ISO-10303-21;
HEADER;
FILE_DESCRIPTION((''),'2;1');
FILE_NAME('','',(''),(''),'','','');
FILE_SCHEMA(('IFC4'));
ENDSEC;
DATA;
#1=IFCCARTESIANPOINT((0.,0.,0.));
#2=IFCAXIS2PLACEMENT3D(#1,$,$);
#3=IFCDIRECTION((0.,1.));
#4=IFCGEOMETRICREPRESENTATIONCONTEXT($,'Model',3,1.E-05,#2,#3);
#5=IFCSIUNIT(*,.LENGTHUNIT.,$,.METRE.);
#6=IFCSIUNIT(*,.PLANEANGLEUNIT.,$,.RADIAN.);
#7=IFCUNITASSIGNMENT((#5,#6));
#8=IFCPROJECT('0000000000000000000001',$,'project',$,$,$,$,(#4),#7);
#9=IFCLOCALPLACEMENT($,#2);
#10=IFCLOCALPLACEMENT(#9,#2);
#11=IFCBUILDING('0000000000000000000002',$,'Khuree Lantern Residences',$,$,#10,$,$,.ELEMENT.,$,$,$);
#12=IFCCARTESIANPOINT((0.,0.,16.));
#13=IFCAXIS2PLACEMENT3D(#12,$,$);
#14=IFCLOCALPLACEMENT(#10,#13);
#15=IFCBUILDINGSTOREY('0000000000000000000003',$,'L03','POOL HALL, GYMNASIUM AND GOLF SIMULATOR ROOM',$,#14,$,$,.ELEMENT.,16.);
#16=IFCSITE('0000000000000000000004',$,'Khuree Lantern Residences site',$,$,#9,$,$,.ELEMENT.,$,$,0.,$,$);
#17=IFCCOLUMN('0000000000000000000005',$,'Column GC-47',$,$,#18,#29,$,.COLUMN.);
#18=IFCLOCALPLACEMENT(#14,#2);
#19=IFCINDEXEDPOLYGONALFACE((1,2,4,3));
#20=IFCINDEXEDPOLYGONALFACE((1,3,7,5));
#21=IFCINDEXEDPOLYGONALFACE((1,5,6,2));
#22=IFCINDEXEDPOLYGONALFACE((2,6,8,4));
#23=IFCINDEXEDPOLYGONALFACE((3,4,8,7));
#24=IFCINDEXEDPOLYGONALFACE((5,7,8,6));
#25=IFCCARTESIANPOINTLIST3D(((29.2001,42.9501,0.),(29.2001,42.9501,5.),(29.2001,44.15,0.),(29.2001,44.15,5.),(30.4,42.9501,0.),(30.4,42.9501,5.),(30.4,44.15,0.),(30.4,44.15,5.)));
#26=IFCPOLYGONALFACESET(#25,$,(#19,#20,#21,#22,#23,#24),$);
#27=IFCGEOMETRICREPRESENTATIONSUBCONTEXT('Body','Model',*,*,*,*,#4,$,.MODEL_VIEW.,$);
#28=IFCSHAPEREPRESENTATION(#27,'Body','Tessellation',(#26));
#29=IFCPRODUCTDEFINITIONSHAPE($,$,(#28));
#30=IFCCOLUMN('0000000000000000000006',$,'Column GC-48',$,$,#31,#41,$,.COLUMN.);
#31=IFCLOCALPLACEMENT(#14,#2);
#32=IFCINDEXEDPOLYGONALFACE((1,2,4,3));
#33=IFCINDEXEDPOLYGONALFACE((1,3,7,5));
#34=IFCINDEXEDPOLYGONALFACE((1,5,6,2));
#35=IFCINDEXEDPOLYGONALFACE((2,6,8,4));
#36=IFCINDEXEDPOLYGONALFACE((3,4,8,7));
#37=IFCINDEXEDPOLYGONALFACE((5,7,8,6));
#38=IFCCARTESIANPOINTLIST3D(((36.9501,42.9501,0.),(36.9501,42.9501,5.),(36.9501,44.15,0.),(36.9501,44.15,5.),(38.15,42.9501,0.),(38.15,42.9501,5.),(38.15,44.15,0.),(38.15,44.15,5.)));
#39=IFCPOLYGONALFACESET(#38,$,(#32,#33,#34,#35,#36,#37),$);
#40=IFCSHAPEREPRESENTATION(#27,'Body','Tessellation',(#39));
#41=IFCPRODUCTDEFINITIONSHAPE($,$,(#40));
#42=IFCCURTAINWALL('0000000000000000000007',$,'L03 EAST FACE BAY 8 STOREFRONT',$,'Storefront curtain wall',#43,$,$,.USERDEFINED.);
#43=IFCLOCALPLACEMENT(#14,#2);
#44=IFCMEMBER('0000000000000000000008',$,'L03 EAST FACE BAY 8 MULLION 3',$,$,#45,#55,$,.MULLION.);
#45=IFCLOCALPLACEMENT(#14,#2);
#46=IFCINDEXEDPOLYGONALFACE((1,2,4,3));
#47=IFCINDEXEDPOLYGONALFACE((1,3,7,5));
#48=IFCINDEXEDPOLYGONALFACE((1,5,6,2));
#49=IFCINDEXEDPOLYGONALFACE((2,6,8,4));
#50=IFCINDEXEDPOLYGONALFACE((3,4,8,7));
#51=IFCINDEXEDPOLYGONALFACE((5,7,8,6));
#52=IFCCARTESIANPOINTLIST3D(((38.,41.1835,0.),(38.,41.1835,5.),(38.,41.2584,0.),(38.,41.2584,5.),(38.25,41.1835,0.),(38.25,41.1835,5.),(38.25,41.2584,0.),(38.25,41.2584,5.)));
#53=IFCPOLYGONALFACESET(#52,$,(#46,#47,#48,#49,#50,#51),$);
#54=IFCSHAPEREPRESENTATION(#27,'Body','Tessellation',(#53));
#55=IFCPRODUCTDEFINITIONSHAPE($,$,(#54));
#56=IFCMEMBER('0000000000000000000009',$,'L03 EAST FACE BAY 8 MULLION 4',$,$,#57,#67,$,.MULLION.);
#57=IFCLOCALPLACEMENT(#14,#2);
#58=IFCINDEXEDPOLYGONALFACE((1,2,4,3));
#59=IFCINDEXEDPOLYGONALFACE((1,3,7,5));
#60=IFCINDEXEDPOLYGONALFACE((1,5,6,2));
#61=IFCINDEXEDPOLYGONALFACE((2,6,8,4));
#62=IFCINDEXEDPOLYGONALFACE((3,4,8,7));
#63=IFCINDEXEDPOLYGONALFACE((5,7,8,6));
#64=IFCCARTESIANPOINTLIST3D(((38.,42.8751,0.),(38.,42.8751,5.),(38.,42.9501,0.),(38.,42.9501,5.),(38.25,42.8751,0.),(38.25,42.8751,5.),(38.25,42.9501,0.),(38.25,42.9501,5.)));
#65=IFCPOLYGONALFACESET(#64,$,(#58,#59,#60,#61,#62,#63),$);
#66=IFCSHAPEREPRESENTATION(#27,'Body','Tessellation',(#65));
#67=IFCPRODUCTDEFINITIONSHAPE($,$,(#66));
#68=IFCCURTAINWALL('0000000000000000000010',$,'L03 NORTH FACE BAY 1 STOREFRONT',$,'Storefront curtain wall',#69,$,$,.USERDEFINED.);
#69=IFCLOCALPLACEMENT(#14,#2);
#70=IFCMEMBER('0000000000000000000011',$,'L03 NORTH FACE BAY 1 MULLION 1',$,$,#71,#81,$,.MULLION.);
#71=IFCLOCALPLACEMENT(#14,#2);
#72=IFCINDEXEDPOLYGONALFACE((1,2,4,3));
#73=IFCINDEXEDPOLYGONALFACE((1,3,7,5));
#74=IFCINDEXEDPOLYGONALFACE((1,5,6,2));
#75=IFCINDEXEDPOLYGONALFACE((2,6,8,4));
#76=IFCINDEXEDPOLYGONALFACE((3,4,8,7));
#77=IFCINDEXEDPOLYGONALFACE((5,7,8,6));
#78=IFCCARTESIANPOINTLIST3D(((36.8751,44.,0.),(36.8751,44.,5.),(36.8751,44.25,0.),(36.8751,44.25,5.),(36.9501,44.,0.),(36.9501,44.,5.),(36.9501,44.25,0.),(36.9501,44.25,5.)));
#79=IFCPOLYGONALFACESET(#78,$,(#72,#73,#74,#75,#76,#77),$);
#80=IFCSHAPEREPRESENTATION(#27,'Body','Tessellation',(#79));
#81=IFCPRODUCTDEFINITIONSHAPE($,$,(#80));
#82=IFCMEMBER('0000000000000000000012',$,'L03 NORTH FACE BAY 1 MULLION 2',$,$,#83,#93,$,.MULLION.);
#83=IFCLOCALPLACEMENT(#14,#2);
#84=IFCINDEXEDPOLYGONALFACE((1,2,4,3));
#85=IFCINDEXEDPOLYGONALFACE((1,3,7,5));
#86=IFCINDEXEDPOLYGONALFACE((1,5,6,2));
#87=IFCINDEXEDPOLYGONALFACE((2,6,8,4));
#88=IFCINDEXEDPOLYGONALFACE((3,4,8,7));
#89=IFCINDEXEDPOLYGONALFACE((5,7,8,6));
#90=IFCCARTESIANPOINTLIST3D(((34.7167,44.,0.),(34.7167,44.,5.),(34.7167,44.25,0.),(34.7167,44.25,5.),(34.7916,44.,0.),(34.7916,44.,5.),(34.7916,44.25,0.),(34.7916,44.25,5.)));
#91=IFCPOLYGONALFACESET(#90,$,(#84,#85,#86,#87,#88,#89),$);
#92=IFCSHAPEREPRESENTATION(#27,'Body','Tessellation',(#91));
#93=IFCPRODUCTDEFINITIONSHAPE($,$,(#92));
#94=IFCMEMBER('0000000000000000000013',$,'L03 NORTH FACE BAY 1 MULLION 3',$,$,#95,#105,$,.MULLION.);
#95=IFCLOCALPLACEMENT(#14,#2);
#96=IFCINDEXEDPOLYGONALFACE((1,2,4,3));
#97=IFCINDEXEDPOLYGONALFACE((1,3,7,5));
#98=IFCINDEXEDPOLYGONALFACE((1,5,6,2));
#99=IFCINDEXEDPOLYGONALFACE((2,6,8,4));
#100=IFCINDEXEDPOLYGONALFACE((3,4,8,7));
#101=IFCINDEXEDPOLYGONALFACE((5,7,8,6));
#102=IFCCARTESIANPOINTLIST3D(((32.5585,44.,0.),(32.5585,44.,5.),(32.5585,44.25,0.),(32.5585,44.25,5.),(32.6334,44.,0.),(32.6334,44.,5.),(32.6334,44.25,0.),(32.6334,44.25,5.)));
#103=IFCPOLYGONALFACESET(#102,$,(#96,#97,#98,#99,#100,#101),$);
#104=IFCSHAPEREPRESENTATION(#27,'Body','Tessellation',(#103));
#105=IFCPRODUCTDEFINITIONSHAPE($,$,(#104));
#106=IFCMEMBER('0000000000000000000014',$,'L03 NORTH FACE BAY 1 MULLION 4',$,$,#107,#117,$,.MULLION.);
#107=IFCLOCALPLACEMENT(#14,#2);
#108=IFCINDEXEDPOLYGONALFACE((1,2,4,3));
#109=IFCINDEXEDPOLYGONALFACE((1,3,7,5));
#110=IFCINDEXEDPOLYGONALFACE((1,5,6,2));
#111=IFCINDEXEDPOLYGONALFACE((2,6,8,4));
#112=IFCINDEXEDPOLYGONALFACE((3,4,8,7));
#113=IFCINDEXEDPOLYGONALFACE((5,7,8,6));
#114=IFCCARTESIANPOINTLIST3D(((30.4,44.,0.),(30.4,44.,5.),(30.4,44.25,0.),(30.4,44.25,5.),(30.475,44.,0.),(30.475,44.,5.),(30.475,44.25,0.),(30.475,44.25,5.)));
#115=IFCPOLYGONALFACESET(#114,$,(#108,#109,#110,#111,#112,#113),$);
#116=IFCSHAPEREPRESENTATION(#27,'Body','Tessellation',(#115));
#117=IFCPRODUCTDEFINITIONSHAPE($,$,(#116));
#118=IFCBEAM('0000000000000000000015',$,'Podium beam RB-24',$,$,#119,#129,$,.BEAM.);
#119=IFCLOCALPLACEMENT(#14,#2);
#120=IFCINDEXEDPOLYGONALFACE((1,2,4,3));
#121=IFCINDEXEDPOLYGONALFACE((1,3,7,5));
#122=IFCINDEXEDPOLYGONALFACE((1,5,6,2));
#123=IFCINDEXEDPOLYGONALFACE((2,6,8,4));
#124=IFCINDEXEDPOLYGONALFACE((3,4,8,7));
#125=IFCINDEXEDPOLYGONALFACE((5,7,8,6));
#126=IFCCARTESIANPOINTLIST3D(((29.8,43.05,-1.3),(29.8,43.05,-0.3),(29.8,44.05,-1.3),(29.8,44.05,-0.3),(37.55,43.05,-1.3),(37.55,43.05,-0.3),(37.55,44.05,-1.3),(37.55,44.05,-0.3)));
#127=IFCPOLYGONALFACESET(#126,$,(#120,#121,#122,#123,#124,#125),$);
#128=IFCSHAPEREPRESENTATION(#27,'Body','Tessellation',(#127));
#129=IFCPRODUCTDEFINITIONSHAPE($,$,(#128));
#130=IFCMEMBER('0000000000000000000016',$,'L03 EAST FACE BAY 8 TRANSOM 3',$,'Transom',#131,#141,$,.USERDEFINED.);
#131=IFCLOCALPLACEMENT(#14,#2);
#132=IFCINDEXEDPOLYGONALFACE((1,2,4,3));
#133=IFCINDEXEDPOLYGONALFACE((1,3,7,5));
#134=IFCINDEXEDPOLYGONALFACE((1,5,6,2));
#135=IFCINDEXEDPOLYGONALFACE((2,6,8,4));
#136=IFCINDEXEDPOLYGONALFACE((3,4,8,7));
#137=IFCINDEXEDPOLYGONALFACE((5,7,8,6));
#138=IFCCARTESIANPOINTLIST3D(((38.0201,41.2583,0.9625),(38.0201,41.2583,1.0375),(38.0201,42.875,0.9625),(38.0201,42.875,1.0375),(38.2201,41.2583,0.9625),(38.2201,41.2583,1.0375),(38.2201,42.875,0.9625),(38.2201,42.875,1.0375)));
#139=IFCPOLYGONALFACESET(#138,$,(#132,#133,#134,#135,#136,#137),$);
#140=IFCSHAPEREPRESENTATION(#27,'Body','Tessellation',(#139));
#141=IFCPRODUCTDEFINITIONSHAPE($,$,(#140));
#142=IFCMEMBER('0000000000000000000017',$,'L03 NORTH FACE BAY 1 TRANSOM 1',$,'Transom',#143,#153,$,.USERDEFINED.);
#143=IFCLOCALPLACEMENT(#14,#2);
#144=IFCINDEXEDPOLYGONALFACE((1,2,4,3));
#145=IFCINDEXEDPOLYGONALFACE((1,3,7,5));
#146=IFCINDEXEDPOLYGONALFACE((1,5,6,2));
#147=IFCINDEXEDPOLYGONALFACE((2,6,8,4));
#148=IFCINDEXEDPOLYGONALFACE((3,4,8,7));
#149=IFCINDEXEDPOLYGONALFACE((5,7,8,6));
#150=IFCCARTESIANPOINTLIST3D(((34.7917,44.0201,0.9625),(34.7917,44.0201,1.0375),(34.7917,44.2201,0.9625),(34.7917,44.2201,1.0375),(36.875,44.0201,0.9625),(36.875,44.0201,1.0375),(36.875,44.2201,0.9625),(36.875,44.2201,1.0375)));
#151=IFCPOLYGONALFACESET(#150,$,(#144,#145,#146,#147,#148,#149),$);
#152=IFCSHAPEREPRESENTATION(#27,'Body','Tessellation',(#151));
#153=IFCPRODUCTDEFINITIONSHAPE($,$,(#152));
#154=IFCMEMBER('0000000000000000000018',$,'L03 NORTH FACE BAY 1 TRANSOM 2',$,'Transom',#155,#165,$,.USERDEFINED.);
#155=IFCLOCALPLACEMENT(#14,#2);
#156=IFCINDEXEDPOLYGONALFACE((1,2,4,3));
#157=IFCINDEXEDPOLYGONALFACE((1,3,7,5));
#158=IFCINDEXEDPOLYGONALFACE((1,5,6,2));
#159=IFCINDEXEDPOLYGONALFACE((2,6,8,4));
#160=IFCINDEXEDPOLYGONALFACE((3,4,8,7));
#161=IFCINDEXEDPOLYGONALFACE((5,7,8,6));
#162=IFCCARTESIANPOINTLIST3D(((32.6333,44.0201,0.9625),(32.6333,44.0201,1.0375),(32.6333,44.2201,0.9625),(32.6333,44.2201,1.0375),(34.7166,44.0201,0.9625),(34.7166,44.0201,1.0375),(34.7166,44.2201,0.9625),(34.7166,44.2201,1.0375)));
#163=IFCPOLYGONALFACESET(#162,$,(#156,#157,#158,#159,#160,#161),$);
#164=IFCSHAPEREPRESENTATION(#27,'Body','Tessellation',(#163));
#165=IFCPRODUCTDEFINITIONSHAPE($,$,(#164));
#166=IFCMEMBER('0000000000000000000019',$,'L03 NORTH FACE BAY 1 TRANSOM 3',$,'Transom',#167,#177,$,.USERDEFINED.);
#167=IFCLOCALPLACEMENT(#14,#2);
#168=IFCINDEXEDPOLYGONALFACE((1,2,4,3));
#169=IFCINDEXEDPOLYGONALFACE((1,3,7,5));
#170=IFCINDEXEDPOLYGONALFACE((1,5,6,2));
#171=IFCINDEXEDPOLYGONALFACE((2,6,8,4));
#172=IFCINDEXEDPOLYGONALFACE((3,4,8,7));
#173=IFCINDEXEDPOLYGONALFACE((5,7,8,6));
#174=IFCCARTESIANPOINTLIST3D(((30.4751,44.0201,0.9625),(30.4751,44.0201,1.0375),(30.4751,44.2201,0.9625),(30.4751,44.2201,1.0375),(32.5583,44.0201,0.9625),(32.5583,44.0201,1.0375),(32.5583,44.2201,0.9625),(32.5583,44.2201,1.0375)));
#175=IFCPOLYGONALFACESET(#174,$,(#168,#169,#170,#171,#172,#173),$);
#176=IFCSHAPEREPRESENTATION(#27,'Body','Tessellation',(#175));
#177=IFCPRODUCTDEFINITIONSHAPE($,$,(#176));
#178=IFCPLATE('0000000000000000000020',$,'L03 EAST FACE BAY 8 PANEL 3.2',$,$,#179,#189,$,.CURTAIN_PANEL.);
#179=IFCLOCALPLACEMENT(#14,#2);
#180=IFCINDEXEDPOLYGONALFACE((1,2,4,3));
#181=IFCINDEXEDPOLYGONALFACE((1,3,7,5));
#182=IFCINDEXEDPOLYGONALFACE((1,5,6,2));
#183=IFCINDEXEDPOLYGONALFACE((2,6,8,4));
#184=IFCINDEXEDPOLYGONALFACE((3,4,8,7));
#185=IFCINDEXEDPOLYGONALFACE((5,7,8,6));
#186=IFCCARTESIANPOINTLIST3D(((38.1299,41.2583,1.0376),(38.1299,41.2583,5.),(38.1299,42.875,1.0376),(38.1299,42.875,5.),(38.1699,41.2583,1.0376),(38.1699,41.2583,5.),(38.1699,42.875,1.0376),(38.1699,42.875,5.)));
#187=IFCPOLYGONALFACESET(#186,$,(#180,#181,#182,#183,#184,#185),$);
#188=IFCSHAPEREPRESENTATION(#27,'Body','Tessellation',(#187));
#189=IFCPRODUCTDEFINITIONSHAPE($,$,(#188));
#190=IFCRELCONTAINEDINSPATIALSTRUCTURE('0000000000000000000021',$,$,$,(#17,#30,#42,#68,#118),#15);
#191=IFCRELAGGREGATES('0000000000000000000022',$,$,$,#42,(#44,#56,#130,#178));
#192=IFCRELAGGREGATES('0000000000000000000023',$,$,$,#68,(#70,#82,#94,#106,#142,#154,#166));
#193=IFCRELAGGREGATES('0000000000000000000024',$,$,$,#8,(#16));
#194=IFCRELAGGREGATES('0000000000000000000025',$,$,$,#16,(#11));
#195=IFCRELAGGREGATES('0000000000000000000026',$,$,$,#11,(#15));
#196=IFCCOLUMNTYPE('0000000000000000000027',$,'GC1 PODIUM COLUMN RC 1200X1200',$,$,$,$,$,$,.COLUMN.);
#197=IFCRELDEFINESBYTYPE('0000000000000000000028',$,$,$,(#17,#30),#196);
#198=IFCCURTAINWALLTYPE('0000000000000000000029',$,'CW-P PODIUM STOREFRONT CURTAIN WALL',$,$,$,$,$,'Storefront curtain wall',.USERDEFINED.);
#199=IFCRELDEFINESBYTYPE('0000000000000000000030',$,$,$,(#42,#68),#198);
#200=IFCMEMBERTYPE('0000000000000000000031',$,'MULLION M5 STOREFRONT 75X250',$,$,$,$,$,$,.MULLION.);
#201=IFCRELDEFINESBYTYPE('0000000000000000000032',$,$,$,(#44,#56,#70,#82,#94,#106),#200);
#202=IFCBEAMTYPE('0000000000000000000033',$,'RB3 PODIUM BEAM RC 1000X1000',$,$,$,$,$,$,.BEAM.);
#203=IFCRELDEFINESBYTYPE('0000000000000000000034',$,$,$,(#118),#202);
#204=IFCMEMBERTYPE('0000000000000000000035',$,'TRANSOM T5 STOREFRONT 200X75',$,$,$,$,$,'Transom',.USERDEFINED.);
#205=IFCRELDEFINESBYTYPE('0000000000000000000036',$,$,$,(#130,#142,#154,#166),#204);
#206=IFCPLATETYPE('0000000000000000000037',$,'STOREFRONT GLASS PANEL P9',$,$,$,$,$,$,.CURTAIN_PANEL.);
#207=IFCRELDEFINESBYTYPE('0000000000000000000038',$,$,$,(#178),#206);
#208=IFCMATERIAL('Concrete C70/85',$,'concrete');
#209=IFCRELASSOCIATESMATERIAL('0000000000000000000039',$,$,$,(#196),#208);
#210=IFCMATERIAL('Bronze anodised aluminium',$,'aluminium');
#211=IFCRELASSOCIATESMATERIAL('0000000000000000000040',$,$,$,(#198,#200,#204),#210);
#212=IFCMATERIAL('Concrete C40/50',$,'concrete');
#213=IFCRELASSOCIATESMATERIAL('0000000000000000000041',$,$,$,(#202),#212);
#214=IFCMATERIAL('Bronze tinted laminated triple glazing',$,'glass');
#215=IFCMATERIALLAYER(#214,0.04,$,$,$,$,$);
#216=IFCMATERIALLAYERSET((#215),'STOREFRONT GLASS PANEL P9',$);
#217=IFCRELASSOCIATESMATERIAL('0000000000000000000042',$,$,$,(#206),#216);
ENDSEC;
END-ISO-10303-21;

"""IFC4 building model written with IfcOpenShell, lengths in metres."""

from ifc_helpers import new_model, si_unit, direction, frame, origin, origin_2d, place, context, subcontext, project, spatial, rectangle, extrude, material, layer, layer_set, material_profile, profile_set, type_object, element, aggregate, save


model = new_model("IFC4")

# Units and contexts
model_context = context("Model", 3, precision=1e-05, world=origin(), true_north=direction((0.0, 1.0)))
body_context = subcontext(model_context, "Body", "Model", "MODEL_VIEW")
ifc_project = project(units=[si_unit("LENGTHUNIT", "METRE"), si_unit("PLANEANGLEUNIT", "RADIAN")], contexts=[model_context])

# Site, building, storey
site_placement = place(None, origin())
site = spatial("IfcSite", under=ifc_project, at=site_placement, Name="Khuree Lantern Residences site", CompositionType="ELEMENT", RefElevation=0.0)
building_placement = place(site_placement, origin())
building = spatial("IfcBuilding", under=site, at=building_placement, Name="Khuree Lantern Residences", CompositionType="ELEMENT")
storey_placement = place(building_placement, frame((0.0, 0.0, 16.0)))
storey = spatial("IfcBuildingStorey", under=building, at=storey_placement, Name="L03", Description="POOL HALL, GYMNASIUM AND GOLF SIMULATOR ROOM", CompositionType="ELEMENT", Elevation=16.0)

# Columns
ifc_material_1 = material(Name="Concrete C70/85", Category="concrete")
ifc_material_profile_1 = material_profile(ifc_material_1, rectangle(XDim=1.2, YDim=1.2, at=origin_2d()), Name="RC 1200X1200")
ifc_profile_set_1 = profile_set([ifc_material_profile_1], Name="Concrete C70/85")
column_type = type_object("IfcColumnType", Name="GC1 PODIUM COLUMN RC 1200X1200", PredefinedType="COLUMN", material=ifc_profile_set_1)
for number, where, z_axis, x_axis, name in (
    (1, (29.8, 43.55, 0.0), (0.0, 0.0, 1.0), (1.0, 0.0, 0.0), "Column GC-47"),
    (2, (37.55, 43.55, 0.0), (0.0, 0.0, 1.0), (1.0, 0.0, 0.0), "Column GC-48"),
):
    element("IfcColumn", number, at=place(storey_placement, frame(where, z_axis=z_axis, x_axis=x_axis)), inside=storey, type_object=column_type, Name=name, PredefinedType="COLUMN", context=body_context, shape_type="SweptSolid", body=[
        extrude(rectangle(XDim=1.2, YDim=1.2, at=origin_2d()), origin(), (0.0, 0.0, 1.0), 5.0),
    ])

# Curtain walls, members
ifc_material_2 = material(Name="Bronze anodised aluminium", Category="aluminium")
curtain_wall_type = type_object("IfcCurtainWallType", Name="CW-P PODIUM STOREFRONT CURTAIN WALL", ElementType="Storefront curtain wall", PredefinedType="USERDEFINED", material=ifc_material_2)
curtain_wall_1_placement = place(storey_placement, origin())
curtain_wall_1 = element("IfcCurtainWall", 3, at=curtain_wall_1_placement, inside=storey, type_object=curtain_wall_type, Name="L03 EAST FACE BAY 8 STOREFRONT", ObjectType="Storefront curtain wall", PredefinedType="USERDEFINED")
ifc_material_profile_2 = material_profile(ifc_material_2, rectangle(XDim=0.075, YDim=0.25, at=origin_2d()), Name="M5 75X250")
ifc_profile_set_2 = profile_set([ifc_material_profile_2], Name="Bronze anodised aluminium")
member_type_1 = type_object("IfcMemberType", Name="MULLION M5 STOREFRONT 75X250", PredefinedType="MULLION", material=ifc_profile_set_2)
member_1_placement = place(storey_placement, frame((38.125, 41.2209, 0.0), z_axis=(0.0, 0.0, 1.0), x_axis=(0.0, 1.0, 0.0)))
member_1 = element("IfcMember", 4, at=member_1_placement, type_object=member_type_1, Name="L03 EAST FACE BAY 8 MULLION 3", PredefinedType="MULLION", context=body_context, shape_type="SweptSolid", body=[
    extrude(rectangle(XDim=0.075, YDim=0.25, at=origin_2d()), origin(), (0.0, 0.0, 1.0), 5.0),
])
member_2_placement = place(storey_placement, frame((38.125, 42.9126, 0.0), z_axis=(0.0, 0.0, 1.0), x_axis=(0.0, 1.0, 0.0)))
member_2 = element("IfcMember", 5, at=member_2_placement, type_object=member_type_1, Name="L03 EAST FACE BAY 8 MULLION 4", PredefinedType="MULLION", context=body_context, shape_type="SweptSolid", body=[
    extrude(rectangle(XDim=0.075, YDim=0.25, at=origin_2d()), origin(), (0.0, 0.0, 1.0), 5.0),
])
curtain_wall_2_placement = place(storey_placement, origin())
curtain_wall_2 = element("IfcCurtainWall", 6, at=curtain_wall_2_placement, inside=storey, type_object=curtain_wall_type, Name="L03 NORTH FACE BAY 1 STOREFRONT", ObjectType="Storefront curtain wall", PredefinedType="USERDEFINED")
member_3_placement = place(storey_placement, frame((36.9126, 44.125, 0.0), z_axis=(0.0, 0.0, 1.0), x_axis=(-1.0, 0.0, 0.0)))
member_3 = element("IfcMember", 7, at=member_3_placement, type_object=member_type_1, Name="L03 NORTH FACE BAY 1 MULLION 1", PredefinedType="MULLION", context=body_context, shape_type="SweptSolid", body=[
    extrude(rectangle(XDim=0.075, YDim=0.25, at=origin_2d()), origin(), (0.0, 0.0, 1.0), 5.0),
])
member_4_placement = place(storey_placement, frame((34.7542, 44.125, 0.0), z_axis=(0.0, 0.0, 1.0), x_axis=(-1.0, 0.0, 0.0)))
member_4 = element("IfcMember", 8, at=member_4_placement, type_object=member_type_1, Name="L03 NORTH FACE BAY 1 MULLION 2", PredefinedType="MULLION", context=body_context, shape_type="SweptSolid", body=[
    extrude(rectangle(XDim=0.075, YDim=0.25, at=origin_2d()), origin(), (0.0, 0.0, 1.0), 5.0),
])
member_5_placement = place(storey_placement, frame((32.5959, 44.125, 0.0), z_axis=(0.0, 0.0, 1.0), x_axis=(-1.0, 0.0, 0.0)))
member_5 = element("IfcMember", 9, at=member_5_placement, type_object=member_type_1, Name="L03 NORTH FACE BAY 1 MULLION 3", PredefinedType="MULLION", context=body_context, shape_type="SweptSolid", body=[
    extrude(rectangle(XDim=0.075, YDim=0.25, at=origin_2d()), origin(), (0.0, 0.0, 1.0), 5.0),
])
member_6_placement = place(storey_placement, frame((30.4375, 44.125, 0.0), z_axis=(0.0, 0.0, 1.0), x_axis=(-1.0, 0.0, 0.0)))
member_6 = element("IfcMember", 10, at=member_6_placement, type_object=member_type_1, Name="L03 NORTH FACE BAY 1 MULLION 4", PredefinedType="MULLION", context=body_context, shape_type="SweptSolid", body=[
    extrude(rectangle(XDim=0.075, YDim=0.25, at=origin_2d()), origin(), (0.0, 0.0, 1.0), 5.0),
])

# Beam
ifc_material_3 = material(Name="Concrete C40/50", Category="concrete")
ifc_material_profile_3 = material_profile(ifc_material_3, rectangle(XDim=1.0, YDim=1.0, at=origin_2d()), Name="RC 1000X1000")
ifc_profile_set_3 = profile_set([ifc_material_profile_3], Name="Concrete C40/50")
beam_type = type_object("IfcBeamType", Name="RB3 PODIUM BEAM RC 1000X1000", PredefinedType="BEAM", material=ifc_profile_set_3)
beam_placement = place(storey_placement, frame((29.8, 43.55, -0.8), z_axis=(1.0, 0.0, 0.0), x_axis=(0.0, 1.0, 0.0)))
element("IfcBeam", 11, at=beam_placement, inside=storey, type_object=beam_type, Name="Podium beam RB-24", PredefinedType="BEAM", context=body_context, shape_type="SweptSolid", body=[
    extrude(rectangle(XDim=1.0, YDim=1.0, at=origin_2d()), origin(), (0.0, 0.0, 1.0), 7.75),
])

# Members
ifc_material_profile_4 = material_profile(ifc_material_2, rectangle(XDim=0.2, YDim=0.075, at=origin_2d()), Name="T5 200X75")
ifc_profile_set_4 = profile_set([ifc_material_profile_4], Name="Bronze anodised aluminium")
member_type_2 = type_object("IfcMemberType", Name="TRANSOM T5 STOREFRONT 200X75", ElementType="Transom", PredefinedType="USERDEFINED", material=ifc_profile_set_4)
member_7_placement = place(storey_placement, frame((38.1201, 41.2583, 1.0), z_axis=(0.0, 1.0, 0.0), x_axis=(-1.0, 0.0, 0.0)))
member_7 = element("IfcMember", 12, at=member_7_placement, type_object=member_type_2, Name="L03 EAST FACE BAY 8 TRANSOM 3", ObjectType="Transom", PredefinedType="USERDEFINED", context=body_context, shape_type="SweptSolid", body=[
    extrude(rectangle(XDim=0.2, YDim=0.075, at=origin_2d()), origin(), (0.0, 0.0, 1.0), 1.6167),
])
member_8_placement = place(storey_placement, frame((36.875, 44.1201, 1.0), z_axis=(-1.0, 0.0, 0.0), x_axis=(0.0, -1.0, 0.0)))
member_8 = element("IfcMember", 13, at=member_8_placement, type_object=member_type_2, Name="L03 NORTH FACE BAY 1 TRANSOM 1", ObjectType="Transom", PredefinedType="USERDEFINED", context=body_context, shape_type="SweptSolid", body=[
    extrude(rectangle(XDim=0.2, YDim=0.075, at=origin_2d()), origin(), (0.0, 0.0, 1.0), 2.0833),
])
member_9_placement = place(storey_placement, frame((34.7166, 44.1201, 1.0), z_axis=(-1.0, 0.0, 0.0), x_axis=(0.0, -1.0, 0.0)))
member_9 = element("IfcMember", 14, at=member_9_placement, type_object=member_type_2, Name="L03 NORTH FACE BAY 1 TRANSOM 2", ObjectType="Transom", PredefinedType="USERDEFINED", context=body_context, shape_type="SweptSolid", body=[
    extrude(rectangle(XDim=0.2, YDim=0.075, at=origin_2d()), origin(), (0.0, 0.0, 1.0), 2.0833),
])
member_10_placement = place(storey_placement, frame((32.5583, 44.1201, 1.0), z_axis=(-1.0, 0.0, 0.0), x_axis=(0.0, -1.0, 0.0)))
member_10 = element("IfcMember", 15, at=member_10_placement, type_object=member_type_2, Name="L03 NORTH FACE BAY 1 TRANSOM 3", ObjectType="Transom", PredefinedType="USERDEFINED", context=body_context, shape_type="SweptSolid", body=[
    extrude(rectangle(XDim=0.2, YDim=0.075, at=origin_2d()), origin(), (0.0, 0.0, 1.0), 2.0833),
])

# Plate
ifc_material_4 = material(Name="Bronze tinted laminated triple glazing", Category="glass")
ifc_layer_1 = layer(ifc_material_4, 0.04)
ifc_layer_set_1 = layer_set([ifc_layer_1], Name="STOREFRONT GLASS PANEL P9")
plate_type_1 = type_object("IfcPlateType", Name="STOREFRONT GLASS PANEL P9", PredefinedType="CURTAIN_PANEL", material=ifc_layer_set_1)
plate_1_placement = place(storey_placement, frame((38.1499, 42.0667, 1.0376), z_axis=(0.0, 0.0, 1.0), x_axis=(0.0, 1.0, 0.0)))
plate_1 = element("IfcPlate", 16, at=plate_1_placement, type_object=plate_type_1, Name="L03 EAST FACE BAY 8 PANEL 3.2", PredefinedType="CURTAIN_PANEL", context=body_context, shape_type="SweptSolid", body=[
    extrude(rectangle(XDim=1.6167, YDim=0.04, at=origin_2d()), origin(), (0.0, 0.0, 1.0), 3.9624),
])
aggregate(curtain_wall_1, [member_1, member_2, member_7, plate_1])
aggregate(curtain_wall_2, [member_3, member_4, member_5, member_6, member_8, member_9, member_10])

save(model, "model.ifc")
